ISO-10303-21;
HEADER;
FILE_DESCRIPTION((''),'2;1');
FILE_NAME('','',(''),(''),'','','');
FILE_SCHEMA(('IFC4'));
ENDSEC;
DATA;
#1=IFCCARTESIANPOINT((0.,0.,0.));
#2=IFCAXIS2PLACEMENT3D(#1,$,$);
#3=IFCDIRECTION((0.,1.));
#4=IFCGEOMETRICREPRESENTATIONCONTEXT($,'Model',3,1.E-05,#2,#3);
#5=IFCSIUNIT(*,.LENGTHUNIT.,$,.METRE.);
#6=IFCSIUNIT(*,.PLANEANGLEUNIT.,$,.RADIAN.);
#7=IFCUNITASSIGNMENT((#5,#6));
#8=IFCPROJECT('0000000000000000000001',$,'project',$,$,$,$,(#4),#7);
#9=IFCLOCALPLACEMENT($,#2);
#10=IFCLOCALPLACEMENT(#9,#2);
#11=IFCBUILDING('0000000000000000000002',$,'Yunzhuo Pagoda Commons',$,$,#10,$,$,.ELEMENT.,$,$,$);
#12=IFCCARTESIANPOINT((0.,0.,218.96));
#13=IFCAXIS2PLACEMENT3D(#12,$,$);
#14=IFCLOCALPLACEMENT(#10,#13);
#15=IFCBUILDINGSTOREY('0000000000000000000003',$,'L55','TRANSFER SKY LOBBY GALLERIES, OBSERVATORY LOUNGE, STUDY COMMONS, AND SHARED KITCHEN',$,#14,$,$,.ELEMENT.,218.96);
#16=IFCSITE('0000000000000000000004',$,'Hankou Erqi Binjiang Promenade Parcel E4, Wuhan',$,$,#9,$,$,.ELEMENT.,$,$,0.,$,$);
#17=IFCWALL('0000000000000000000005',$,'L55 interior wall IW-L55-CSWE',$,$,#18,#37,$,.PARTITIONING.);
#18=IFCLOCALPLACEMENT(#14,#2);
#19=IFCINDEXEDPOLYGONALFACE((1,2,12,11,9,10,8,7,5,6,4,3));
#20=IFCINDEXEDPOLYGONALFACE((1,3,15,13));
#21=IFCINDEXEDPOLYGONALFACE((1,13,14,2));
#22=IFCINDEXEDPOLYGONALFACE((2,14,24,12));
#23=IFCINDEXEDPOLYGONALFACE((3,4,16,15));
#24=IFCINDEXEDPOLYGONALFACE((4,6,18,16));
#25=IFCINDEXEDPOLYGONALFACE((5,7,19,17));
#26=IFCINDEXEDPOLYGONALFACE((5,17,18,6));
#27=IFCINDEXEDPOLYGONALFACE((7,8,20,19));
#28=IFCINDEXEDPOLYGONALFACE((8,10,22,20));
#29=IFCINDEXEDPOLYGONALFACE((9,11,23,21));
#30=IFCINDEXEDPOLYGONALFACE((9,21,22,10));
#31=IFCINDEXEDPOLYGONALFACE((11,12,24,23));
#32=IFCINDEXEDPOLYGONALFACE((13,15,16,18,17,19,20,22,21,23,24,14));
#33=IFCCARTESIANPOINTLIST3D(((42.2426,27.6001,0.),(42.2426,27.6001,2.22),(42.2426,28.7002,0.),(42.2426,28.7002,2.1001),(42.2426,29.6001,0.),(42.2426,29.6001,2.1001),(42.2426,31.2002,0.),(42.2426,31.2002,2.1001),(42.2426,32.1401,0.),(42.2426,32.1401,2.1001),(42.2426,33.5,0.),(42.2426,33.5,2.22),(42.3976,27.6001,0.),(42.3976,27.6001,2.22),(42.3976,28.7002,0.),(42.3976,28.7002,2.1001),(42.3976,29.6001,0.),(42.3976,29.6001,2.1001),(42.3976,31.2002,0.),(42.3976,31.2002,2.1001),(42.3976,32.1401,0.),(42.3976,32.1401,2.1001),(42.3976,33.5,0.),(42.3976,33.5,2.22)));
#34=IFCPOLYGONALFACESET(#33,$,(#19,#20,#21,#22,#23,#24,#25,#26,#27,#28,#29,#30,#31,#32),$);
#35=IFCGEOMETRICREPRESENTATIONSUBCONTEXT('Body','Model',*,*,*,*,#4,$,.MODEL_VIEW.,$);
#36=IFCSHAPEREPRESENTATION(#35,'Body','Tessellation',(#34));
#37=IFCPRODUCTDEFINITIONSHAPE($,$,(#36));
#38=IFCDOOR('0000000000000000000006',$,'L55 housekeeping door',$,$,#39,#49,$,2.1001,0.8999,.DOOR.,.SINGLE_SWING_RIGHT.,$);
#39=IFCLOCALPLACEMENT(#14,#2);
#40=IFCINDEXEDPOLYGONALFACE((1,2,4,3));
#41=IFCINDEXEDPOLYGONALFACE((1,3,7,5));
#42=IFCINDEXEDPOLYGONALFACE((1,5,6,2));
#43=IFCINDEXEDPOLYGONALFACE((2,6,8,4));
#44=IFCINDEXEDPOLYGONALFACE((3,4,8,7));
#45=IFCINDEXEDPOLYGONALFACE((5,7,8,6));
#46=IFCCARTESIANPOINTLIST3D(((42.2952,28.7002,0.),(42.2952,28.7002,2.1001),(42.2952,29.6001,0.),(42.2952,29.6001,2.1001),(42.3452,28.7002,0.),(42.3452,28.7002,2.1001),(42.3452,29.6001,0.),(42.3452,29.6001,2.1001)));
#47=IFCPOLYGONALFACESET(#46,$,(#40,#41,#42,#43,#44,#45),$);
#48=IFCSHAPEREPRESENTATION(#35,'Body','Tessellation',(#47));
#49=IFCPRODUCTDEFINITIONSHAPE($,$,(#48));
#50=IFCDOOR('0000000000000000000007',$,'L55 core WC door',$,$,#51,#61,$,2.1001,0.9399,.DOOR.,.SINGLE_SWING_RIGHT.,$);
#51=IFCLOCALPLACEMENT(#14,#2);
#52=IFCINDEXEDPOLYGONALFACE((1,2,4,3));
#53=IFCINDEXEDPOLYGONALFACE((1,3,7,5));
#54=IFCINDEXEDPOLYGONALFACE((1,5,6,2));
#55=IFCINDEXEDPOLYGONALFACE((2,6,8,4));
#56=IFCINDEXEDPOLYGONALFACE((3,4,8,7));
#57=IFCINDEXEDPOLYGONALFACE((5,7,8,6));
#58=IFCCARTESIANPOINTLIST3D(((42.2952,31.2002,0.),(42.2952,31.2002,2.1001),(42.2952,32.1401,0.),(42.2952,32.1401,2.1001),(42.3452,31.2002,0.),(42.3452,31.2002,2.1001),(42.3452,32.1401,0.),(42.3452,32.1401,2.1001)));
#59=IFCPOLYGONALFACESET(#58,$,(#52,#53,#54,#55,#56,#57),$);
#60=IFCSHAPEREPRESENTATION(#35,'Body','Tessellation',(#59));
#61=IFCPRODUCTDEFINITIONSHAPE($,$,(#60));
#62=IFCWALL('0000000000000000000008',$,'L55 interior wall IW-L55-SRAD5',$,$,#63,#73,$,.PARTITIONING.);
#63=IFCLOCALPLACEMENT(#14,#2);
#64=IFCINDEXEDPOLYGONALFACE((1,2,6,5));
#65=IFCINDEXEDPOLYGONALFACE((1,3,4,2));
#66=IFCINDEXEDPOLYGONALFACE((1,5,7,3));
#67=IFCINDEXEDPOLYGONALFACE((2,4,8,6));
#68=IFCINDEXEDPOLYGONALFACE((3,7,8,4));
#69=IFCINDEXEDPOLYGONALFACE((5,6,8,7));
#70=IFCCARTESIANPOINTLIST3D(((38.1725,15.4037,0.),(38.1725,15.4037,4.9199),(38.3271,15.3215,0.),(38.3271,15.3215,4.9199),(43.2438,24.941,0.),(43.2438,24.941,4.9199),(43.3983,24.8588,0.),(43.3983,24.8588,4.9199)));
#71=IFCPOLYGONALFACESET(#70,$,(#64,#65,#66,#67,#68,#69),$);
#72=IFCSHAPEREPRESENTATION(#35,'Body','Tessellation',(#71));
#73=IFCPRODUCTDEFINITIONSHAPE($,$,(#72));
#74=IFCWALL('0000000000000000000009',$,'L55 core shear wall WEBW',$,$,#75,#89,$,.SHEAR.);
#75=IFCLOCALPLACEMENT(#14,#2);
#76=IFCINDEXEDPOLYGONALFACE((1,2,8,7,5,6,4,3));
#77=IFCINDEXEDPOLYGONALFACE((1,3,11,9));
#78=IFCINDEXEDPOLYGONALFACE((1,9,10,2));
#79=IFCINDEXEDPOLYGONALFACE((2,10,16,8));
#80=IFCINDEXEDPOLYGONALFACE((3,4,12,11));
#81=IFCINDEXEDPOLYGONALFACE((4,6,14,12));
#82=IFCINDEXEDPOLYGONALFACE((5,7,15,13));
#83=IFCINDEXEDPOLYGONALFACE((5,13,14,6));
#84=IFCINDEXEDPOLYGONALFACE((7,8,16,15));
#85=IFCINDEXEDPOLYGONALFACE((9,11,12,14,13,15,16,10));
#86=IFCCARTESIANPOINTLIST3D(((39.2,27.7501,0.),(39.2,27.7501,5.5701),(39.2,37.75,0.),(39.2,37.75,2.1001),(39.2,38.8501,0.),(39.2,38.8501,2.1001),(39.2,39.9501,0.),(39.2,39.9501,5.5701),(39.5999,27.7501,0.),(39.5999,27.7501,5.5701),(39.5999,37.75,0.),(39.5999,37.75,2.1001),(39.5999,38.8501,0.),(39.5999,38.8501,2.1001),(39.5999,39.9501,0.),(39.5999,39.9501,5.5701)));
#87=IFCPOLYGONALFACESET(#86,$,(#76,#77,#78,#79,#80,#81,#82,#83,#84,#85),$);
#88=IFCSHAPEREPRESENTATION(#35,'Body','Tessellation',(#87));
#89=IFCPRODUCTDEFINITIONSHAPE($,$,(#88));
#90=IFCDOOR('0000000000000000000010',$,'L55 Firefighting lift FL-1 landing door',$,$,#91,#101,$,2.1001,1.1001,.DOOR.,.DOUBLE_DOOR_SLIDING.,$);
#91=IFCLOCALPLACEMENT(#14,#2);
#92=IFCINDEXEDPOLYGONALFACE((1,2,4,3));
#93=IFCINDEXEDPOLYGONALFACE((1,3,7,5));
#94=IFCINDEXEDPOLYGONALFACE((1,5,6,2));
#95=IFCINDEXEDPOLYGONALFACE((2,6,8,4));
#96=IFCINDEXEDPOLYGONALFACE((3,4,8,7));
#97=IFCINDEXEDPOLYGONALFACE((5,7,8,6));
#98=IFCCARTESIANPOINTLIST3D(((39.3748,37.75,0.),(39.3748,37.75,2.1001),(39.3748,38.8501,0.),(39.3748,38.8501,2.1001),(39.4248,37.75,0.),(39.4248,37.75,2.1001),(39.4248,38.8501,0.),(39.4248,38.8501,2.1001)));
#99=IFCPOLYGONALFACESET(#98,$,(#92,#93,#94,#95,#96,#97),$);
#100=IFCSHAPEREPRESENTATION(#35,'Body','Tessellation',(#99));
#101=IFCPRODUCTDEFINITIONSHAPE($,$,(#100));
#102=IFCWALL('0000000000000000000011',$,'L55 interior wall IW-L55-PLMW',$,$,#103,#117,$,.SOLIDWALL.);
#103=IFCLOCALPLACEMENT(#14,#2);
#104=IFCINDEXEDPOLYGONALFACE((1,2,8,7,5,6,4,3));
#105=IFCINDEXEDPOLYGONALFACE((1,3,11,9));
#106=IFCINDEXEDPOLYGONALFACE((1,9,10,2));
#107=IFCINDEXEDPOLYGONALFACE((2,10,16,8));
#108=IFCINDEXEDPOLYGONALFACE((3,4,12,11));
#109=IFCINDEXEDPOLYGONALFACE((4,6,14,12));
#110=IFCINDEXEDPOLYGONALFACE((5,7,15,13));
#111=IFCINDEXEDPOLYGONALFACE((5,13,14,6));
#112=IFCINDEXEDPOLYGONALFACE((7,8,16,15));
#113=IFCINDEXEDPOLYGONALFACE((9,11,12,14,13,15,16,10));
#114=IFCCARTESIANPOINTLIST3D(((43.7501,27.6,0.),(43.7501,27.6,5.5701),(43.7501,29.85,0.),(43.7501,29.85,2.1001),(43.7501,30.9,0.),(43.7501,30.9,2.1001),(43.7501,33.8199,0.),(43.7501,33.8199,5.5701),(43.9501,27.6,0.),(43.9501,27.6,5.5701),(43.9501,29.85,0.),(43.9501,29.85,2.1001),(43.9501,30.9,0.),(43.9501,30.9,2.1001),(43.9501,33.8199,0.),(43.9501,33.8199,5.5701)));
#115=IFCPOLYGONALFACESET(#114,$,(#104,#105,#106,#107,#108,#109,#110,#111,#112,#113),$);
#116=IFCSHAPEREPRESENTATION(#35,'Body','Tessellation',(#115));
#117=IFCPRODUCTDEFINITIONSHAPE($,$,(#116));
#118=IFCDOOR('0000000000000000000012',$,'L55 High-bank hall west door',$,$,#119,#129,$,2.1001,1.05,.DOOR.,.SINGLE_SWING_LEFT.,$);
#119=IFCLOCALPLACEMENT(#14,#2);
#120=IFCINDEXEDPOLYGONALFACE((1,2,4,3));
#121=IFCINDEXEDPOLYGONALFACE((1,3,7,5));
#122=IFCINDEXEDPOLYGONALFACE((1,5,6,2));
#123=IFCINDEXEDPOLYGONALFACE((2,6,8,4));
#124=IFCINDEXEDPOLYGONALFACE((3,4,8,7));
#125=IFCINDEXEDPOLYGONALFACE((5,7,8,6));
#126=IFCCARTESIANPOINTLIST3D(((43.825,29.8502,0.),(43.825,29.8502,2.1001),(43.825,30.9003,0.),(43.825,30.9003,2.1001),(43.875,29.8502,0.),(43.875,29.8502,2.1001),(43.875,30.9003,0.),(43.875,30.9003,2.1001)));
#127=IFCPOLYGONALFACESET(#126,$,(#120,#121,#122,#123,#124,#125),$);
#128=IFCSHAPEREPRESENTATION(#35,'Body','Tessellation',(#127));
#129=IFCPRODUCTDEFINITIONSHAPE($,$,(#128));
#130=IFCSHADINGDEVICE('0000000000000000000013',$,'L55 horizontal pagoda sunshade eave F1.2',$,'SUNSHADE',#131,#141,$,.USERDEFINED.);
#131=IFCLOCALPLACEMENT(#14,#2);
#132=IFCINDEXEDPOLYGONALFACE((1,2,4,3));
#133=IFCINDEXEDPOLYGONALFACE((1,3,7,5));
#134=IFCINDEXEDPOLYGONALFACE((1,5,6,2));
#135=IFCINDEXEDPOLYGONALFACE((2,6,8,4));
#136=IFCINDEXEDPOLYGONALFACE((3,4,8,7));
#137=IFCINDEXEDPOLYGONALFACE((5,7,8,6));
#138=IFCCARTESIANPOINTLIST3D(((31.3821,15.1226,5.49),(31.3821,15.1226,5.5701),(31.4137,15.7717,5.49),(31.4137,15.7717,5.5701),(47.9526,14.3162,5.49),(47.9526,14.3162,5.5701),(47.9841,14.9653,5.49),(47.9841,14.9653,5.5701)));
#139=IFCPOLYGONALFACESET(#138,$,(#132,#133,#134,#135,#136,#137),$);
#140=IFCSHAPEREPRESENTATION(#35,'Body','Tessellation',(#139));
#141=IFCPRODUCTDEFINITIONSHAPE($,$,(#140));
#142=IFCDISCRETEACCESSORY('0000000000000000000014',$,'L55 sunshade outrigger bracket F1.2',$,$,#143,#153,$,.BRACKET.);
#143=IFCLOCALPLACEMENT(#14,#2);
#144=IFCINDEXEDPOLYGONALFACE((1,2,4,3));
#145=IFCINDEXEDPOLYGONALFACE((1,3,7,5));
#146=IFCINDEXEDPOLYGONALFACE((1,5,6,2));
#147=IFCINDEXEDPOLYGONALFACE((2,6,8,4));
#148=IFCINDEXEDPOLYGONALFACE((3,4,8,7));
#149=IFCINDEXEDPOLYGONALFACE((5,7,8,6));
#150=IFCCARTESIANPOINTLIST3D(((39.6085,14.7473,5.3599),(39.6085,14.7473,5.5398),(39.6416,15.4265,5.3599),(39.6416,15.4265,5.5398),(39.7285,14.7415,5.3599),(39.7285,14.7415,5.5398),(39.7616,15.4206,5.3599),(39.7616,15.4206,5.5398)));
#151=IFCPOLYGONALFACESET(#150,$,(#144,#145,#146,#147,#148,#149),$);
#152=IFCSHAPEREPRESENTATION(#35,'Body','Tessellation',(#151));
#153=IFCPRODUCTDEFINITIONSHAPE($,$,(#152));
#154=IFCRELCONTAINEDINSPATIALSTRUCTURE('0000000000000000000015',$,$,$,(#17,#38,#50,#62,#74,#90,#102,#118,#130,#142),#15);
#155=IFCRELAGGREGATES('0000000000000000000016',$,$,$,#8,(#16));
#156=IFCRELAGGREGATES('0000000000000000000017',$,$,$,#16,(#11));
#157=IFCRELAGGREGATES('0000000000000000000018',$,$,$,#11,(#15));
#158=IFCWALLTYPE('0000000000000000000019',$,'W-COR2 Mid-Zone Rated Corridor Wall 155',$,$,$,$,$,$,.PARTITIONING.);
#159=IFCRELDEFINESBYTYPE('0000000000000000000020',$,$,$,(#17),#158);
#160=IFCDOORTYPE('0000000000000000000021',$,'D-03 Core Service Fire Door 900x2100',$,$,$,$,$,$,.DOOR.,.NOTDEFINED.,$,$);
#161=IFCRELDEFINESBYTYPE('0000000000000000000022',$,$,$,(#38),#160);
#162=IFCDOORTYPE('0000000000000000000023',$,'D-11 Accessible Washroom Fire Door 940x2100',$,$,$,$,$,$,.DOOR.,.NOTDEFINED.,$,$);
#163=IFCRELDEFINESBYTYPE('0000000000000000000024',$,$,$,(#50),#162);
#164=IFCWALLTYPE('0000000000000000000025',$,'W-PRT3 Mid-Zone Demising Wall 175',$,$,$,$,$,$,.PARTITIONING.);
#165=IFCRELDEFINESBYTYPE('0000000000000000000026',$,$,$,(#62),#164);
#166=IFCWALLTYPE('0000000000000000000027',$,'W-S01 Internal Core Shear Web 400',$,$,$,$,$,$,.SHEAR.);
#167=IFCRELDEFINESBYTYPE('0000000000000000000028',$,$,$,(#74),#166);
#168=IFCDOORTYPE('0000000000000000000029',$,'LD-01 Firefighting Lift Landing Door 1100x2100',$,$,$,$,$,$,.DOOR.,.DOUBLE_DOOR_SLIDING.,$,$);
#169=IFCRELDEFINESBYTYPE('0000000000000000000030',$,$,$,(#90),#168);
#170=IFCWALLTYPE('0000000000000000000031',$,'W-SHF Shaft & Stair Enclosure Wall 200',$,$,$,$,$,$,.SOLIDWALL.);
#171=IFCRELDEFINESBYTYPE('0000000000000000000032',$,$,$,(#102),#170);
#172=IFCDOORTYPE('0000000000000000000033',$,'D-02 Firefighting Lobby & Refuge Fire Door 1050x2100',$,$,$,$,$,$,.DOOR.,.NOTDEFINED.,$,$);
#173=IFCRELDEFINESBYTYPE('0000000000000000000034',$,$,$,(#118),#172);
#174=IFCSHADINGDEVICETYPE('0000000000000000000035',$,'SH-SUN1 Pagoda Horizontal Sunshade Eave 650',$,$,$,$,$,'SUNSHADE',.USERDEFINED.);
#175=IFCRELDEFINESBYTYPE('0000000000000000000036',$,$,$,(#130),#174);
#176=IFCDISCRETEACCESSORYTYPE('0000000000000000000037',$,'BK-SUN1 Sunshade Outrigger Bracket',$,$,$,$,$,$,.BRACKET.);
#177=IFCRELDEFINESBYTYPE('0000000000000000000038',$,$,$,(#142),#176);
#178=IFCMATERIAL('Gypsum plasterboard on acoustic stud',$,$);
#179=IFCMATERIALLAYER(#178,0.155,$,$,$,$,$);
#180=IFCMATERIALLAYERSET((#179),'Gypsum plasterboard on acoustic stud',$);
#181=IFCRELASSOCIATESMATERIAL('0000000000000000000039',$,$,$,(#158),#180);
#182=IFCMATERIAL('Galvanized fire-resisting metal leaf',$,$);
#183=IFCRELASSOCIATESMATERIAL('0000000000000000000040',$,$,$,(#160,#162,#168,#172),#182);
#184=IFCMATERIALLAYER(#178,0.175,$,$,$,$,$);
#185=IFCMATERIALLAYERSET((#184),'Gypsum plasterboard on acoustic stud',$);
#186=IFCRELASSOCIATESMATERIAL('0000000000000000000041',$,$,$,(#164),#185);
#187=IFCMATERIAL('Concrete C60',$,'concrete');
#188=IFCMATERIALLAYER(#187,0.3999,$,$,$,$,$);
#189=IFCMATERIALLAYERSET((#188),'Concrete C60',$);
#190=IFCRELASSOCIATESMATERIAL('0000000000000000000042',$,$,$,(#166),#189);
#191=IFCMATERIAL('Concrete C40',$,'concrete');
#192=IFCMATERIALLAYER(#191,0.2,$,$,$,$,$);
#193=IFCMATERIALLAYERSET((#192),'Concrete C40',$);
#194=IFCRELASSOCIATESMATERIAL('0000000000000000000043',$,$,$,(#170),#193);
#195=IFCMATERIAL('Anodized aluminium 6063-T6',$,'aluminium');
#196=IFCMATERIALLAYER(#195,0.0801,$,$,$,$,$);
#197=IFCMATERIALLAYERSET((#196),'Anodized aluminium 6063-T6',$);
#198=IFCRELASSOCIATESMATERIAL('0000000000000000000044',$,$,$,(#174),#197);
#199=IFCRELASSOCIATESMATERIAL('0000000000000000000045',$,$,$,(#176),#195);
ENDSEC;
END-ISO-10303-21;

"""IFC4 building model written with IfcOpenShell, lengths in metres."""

from ifc_helpers import new_model, si_unit, direction, frame, frame_2d, origin, origin_with_axes, origin_2d, place, context, subcontext, project, spatial, rectangle, extrude, source, transform, mapped, material, layer, layer_set, type_object, element, fill, save


model = new_model("IFC4")

# Units and contexts
model_context = context("Model", 3, precision=1e-05, world=origin(), true_north=direction((0.0, 1.0)))
body_context = subcontext(model_context, "Body", "Model", "MODEL_VIEW")
ifc_project = project(units=[si_unit("LENGTHUNIT", "METRE"), si_unit("PLANEANGLEUNIT", "RADIAN")], contexts=[model_context])

# Site, building, storey
site_placement = place(None, origin())
site = spatial("IfcSite", under=ifc_project, at=site_placement, Name="Hankou Erqi Binjiang Promenade Parcel E4, Wuhan", CompositionType="ELEMENT", RefElevation=0.0)
building_placement = place(site_placement, origin())
building = spatial("IfcBuilding", under=site, at=building_placement, Name="Yunzhuo Pagoda Commons", CompositionType="ELEMENT")
storey_placement = place(building_placement, frame((0.0, 0.0, 218.96)))
storey = spatial("IfcBuildingStorey", under=building, at=storey_placement, Name="L55", Description="TRANSFER SKY LOBBY GALLERIES, OBSERVATORY LOUNGE, STUDY COMMONS, AND SHARED KITCHEN", CompositionType="ELEMENT", Elevation=218.96)

# Shared definitions
ifc_material_1 = material(Name="Anodized aluminium 6063-T6", Category="aluminium")

# Wall, openings, doors
ifc_material_2 = material(Name="Gypsum plasterboard on acoustic stud")
ifc_layer_1 = layer(ifc_material_2, 0.155)
ifc_layer_set_1 = layer_set([ifc_layer_1], Name="Gypsum plasterboard on acoustic stud")
wall_type_1 = type_object("IfcWallType", Name="W-COR2 Mid-Zone Rated Corridor Wall 155", PredefinedType="PARTITIONING", material=ifc_layer_set_1)
wall_1_placement = place(storey_placement, frame((42.3201, 27.6001, 0.0), z_axis=(0.0, 0.0, 1.0), x_axis=(0.0, 1.0, 0.0)))
wall_1 = element("IfcWall", 1, at=wall_1_placement, inside=storey, type_object=wall_type_1, Name="L55 interior wall IW-L55-CSWE", PredefinedType="PARTITIONING", context=body_context, shape_type="SweptSolid", body=[
    extrude(rectangle(XDim=5.8999, YDim=0.155, at=frame_2d((2.95, 0.0))), origin(), (0.0, 0.0, 1.0), 2.22),
])
opening_1_placement = place(wall_1_placement, frame((1.1001, 0.0, 0.0)))
opening_1 = element("IfcOpeningElement", 2, at=opening_1_placement, cuts=wall_1, PredefinedType="OPENING", context=body_context, shape_type="SweptSolid", body=[
    extrude(rectangle(XDim=0.8999, YDim=2.1001, at=frame_2d((0.45, 1.05))), frame((0.0, 0.0874, 0.0), z_axis=(0.0, -1.0, 0.0), x_axis=(1.0, 0.0, 0.0)), (0.0, 0.0, 1.0), 0.175),
])
opening_2_placement = place(wall_1_placement, frame((3.6001, 0.0, 0.0)))
opening_2 = element("IfcOpeningElement", 3, at=opening_2_placement, cuts=wall_1, PredefinedType="OPENING", context=body_context, shape_type="SweptSolid", body=[
    extrude(rectangle(XDim=0.9399, YDim=2.1001, at=frame_2d((0.47, 1.05))), frame((0.0, 0.0874, 0.0), z_axis=(0.0, -1.0, 0.0), x_axis=(1.0, 0.0, 0.0)), (0.0, 0.0, 1.0), 0.175),
])
ifc_material_3 = material(Name="Galvanized fire-resisting metal leaf")
door_type_1 = type_object("IfcDoorType", Name="D-03 Core Service Fire Door 900x2100", OperationType="NOTDEFINED", PredefinedType="DOOR", material=ifc_material_3)
shared_shape_1 = source(origin(), body_context, "Body", "SweptSolid", [
    extrude(rectangle(XDim=0.8999, YDim=2.1001, at=frame_2d((0.45, 1.05))), frame((0.0, 0.0249, 0.0), z_axis=(0.0, -1.0, 0.0), x_axis=(1.0, 0.0, 0.0)), (0.0, 0.0, 1.0), 0.05),
])
door_1_placement = place(opening_1_placement, origin_with_axes())
door_1 = element("IfcDoor", 4, at=door_1_placement, inside=storey, type_object=door_type_1, Name="L55 housekeeping door", OperationType="SINGLE_SWING_RIGHT", OverallHeight=2.1001, OverallWidth=0.8999, PredefinedType="DOOR", context=body_context, shape_type="MappedRepresentation", body=[
    mapped(shared_shape_1, transform((0.0, 0.0, 0.0), scale=1.0)),
])
fill(opening_1, door_1)
door_type_2 = type_object("IfcDoorType", Name="D-11 Accessible Washroom Fire Door 940x2100", OperationType="NOTDEFINED", PredefinedType="DOOR", material=ifc_material_3)
shared_shape_2 = source(origin(), body_context, "Body", "SweptSolid", [
    extrude(rectangle(XDim=0.9399, YDim=2.1001, at=frame_2d((0.47, 1.05))), frame((0.0, 0.0249, 0.0), z_axis=(0.0, -1.0, 0.0), x_axis=(1.0, 0.0, 0.0)), (0.0, 0.0, 1.0), 0.05),
])
door_2_placement = place(opening_2_placement, origin_with_axes())
door_2 = element("IfcDoor", 5, at=door_2_placement, inside=storey, type_object=door_type_2, Name="L55 core WC door", OperationType="SINGLE_SWING_RIGHT", OverallHeight=2.1001, OverallWidth=0.9399, PredefinedType="DOOR", context=body_context, shape_type="MappedRepresentation", body=[
    mapped(shared_shape_2, transform((0.0, 0.0, 0.0), scale=1.0)),
])
fill(opening_2, door_2)

# Wall
ifc_layer_2 = layer(ifc_material_2, 0.175)
ifc_layer_set_2 = layer_set([ifc_layer_2], Name="Gypsum plasterboard on acoustic stud")
wall_type_2 = type_object("IfcWallType", Name="W-PRT3 Mid-Zone Demising Wall 175", PredefinedType="PARTITIONING", material=ifc_layer_set_2)
wall_2_placement = place(storey_placement, frame((43.321, 24.8999, 0.0), z_axis=(0.0, 0.0, 1.0), x_axis=(-0.469485, -0.88294, 0.0)))
element("IfcWall", 6, at=wall_2_placement, inside=storey, type_object=wall_type_2, Name="L55 interior wall IW-L55-SRAD5", PredefinedType="PARTITIONING", context=body_context, shape_type="SweptSolid", body=[
    extrude(rectangle(XDim=10.8018, YDim=0.175, at=frame_2d((5.4009, 0.0))), origin(), (0.0, 0.0, 1.0), 4.9199),
])

# Walls, openings, doors
ifc_material_4 = material(Name="Concrete C60", Category="concrete")
ifc_layer_3 = layer(ifc_material_4, 0.3999)
ifc_layer_set_3 = layer_set([ifc_layer_3], Name="Concrete C60")
wall_type_3 = type_object("IfcWallType", Name="W-S01 Internal Core Shear Web 400", PredefinedType="SHEAR", material=ifc_layer_set_3)
wall_3_placement = place(storey_placement, frame((39.3999, 27.75, 0.0), z_axis=(0.0, 0.0, 1.0), x_axis=(0.0, 1.0, 0.0)))
wall_3 = element("IfcWall", 7, at=wall_3_placement, inside=storey, type_object=wall_type_3, Name="L55 core shear wall WEBW", PredefinedType="SHEAR", context=body_context, shape_type="SweptSolid", body=[
    extrude(rectangle(XDim=12.2, YDim=0.3999, at=frame_2d((6.1001, 0.0))), origin(), (0.0, 0.0, 1.0), 5.5701),
])
opening_3_placement = place(wall_3_placement, frame((10.0, 0.0, 0.0)))
opening_3 = element("IfcOpeningElement", 8, at=opening_3_placement, cuts=wall_3, PredefinedType="OPENING", context=body_context, shape_type="SweptSolid", body=[
    extrude(rectangle(XDim=1.1001, YDim=2.1001, at=frame_2d((0.55, 1.05))), frame((0.0, 0.21, 0.0), z_axis=(0.0, -1.0, 0.0), x_axis=(1.0, 0.0, 0.0)), (0.0, 0.0, 1.0), 0.4199),
])
door_type_3 = type_object("IfcDoorType", Name="LD-01 Firefighting Lift Landing Door 1100x2100", OperationType="DOUBLE_DOOR_SLIDING", PredefinedType="DOOR", material=ifc_material_3)
shared_shape_3 = source(origin(), body_context, "Body", "SweptSolid", [
    extrude(rectangle(XDim=1.1001, YDim=2.1001, at=frame_2d((0.55, 1.05))), frame((0.0, 0.0249, 0.0), z_axis=(0.0, -1.0, 0.0), x_axis=(1.0, 0.0, 0.0)), (0.0, 0.0, 1.0), 0.05),
])
door_3_placement = place(opening_3_placement, frame((1.1001, 0.0, 0.0), z_axis=(0.0, 0.0, 1.0), x_axis=(-1.0, 0.0, 0.0)))
door_3 = element("IfcDoor", 9, at=door_3_placement, inside=storey, type_object=door_type_3, Name="L55 Firefighting lift FL-1 landing door", OperationType="DOUBLE_DOOR_SLIDING", OverallHeight=2.1001, OverallWidth=1.1001, PredefinedType="DOOR", context=body_context, shape_type="MappedRepresentation", body=[
    mapped(shared_shape_3, transform((0.0, 0.0, 0.0), scale=1.0)),
])
fill(opening_3, door_3)
ifc_material_5 = material(Name="Concrete C40", Category="concrete")
ifc_layer_4 = layer(ifc_material_5, 0.2)
ifc_layer_set_4 = layer_set([ifc_layer_4], Name="Concrete C40")
wall_type_4 = type_object("IfcWallType", Name="W-SHF Shaft & Stair Enclosure Wall 200", PredefinedType="SOLIDWALL", material=ifc_layer_set_4)
wall_4_placement = place(storey_placement, frame((43.8501, 27.6001, 0.0), z_axis=(0.0, 0.0, 1.0), x_axis=(0.0, 1.0, 0.0)))
wall_4 = element("IfcWall", 10, at=wall_4_placement, inside=storey, type_object=wall_type_4, Name="L55 interior wall IW-L55-PLMW", PredefinedType="SOLIDWALL", context=body_context, shape_type="SweptSolid", body=[
    extrude(rectangle(XDim=6.22, YDim=0.2, at=frame_2d((3.1099, 0.0))), origin(), (0.0, 0.0, 1.0), 5.5701),
])
opening_4_placement = place(wall_4_placement, frame((2.25, 0.0, 0.0)))
opening_4 = element("IfcOpeningElement", 11, at=opening_4_placement, cuts=wall_4, PredefinedType="OPENING", context=body_context, shape_type="SweptSolid", body=[
    extrude(rectangle(XDim=1.05, YDim=2.1001, at=frame_2d((0.5249, 1.05))), frame((0.0, 0.1099, 0.0), z_axis=(0.0, -1.0, 0.0), x_axis=(1.0, 0.0, 0.0)), (0.0, 0.0, 1.0), 0.22),
])
door_type_4 = type_object("IfcDoorType", Name="D-02 Firefighting Lobby & Refuge Fire Door 1050x2100", OperationType="NOTDEFINED", PredefinedType="DOOR", material=ifc_material_3)
shared_shape_4 = source(origin(), body_context, "Body", "SweptSolid", [
    extrude(rectangle(XDim=1.05, YDim=2.1001, at=frame_2d((0.5249, 1.05))), frame((0.0, 0.0249, 0.0), z_axis=(0.0, -1.0, 0.0), x_axis=(1.0, 0.0, 0.0)), (0.0, 0.0, 1.0), 0.05),
])
door_4_placement = place(opening_4_placement, frame((1.05, 0.0, 0.0), z_axis=(0.0, 0.0, 1.0), x_axis=(-1.0, 0.0, 0.0)))
door_4 = element("IfcDoor", 12, at=door_4_placement, inside=storey, type_object=door_type_4, Name="L55 High-bank hall west door", OperationType="SINGLE_SWING_LEFT", OverallHeight=2.1001, OverallWidth=1.05, PredefinedType="DOOR", context=body_context, shape_type="MappedRepresentation", body=[
    mapped(shared_shape_4, transform((0.0, 0.0, 0.0), scale=1.0)),
])
fill(opening_4, door_4)

# Shading device
ifc_layer_5 = layer(ifc_material_1, 0.0801)
ifc_layer_set_5 = layer_set([ifc_layer_5], Name="Anodized aluminium 6063-T6")
shading_device_type = type_object("IfcShadingDeviceType", Name="SH-SUN1 Pagoda Horizontal Sunshade Eave 650", ElementType="SUNSHADE", PredefinedType="USERDEFINED", material=ifc_layer_set_5)
shared_shape_5 = source(origin(), body_context, "Body", "SweptSolid", [
    extrude(rectangle(XDim=16.5901, YDim=0.6499, at=origin_2d()), origin(), (0.0, 0.0, 1.0), 0.0801),
])
shading_device_placement = place(storey_placement, frame((39.6831, 15.0439, 5.49), z_axis=(0.0, 0.0, 1.0), x_axis=(0.998818, -0.048606, 0.0)))
element("IfcShadingDevice", 13, at=shading_device_placement, inside=storey, type_object=shading_device_type, Name="L55 horizontal pagoda sunshade eave F1.2", ObjectType="SUNSHADE", PredefinedType="USERDEFINED", context=body_context, shape_type="MappedRepresentation", body=[
    mapped(shared_shape_5, transform((0.0, 0.0, 0.0), scale=1.0)),
])

# Discrete accessory
discrete_accessory_type = type_object("IfcDiscreteAccessoryType", Name="BK-SUN1 Sunshade Outrigger Bracket", PredefinedType="BRACKET", material=ifc_material_1)
shared_shape_6 = source(origin(), body_context, "Body", "SweptSolid", [
    extrude(rectangle(XDim=0.1201, YDim=0.6799, at=origin_2d()), origin(), (0.0, 0.0, 1.0), 0.1799),
])
discrete_accessory_placement = place(storey_placement, frame((39.6851, 15.084, 5.3599), z_axis=(0.0, 0.0, 1.0), x_axis=(0.998818, -0.048606, 0.0)))
element("IfcDiscreteAccessory", 14, at=discrete_accessory_placement, inside=storey, type_object=discrete_accessory_type, Name="L55 sunshade outrigger bracket F1.2", PredefinedType="BRACKET", context=body_context, shape_type="MappedRepresentation", body=[
    mapped(shared_shape_6, transform((0.0, 0.0, 0.0), scale=1.0)),
])

save(model, "model.ifc")
